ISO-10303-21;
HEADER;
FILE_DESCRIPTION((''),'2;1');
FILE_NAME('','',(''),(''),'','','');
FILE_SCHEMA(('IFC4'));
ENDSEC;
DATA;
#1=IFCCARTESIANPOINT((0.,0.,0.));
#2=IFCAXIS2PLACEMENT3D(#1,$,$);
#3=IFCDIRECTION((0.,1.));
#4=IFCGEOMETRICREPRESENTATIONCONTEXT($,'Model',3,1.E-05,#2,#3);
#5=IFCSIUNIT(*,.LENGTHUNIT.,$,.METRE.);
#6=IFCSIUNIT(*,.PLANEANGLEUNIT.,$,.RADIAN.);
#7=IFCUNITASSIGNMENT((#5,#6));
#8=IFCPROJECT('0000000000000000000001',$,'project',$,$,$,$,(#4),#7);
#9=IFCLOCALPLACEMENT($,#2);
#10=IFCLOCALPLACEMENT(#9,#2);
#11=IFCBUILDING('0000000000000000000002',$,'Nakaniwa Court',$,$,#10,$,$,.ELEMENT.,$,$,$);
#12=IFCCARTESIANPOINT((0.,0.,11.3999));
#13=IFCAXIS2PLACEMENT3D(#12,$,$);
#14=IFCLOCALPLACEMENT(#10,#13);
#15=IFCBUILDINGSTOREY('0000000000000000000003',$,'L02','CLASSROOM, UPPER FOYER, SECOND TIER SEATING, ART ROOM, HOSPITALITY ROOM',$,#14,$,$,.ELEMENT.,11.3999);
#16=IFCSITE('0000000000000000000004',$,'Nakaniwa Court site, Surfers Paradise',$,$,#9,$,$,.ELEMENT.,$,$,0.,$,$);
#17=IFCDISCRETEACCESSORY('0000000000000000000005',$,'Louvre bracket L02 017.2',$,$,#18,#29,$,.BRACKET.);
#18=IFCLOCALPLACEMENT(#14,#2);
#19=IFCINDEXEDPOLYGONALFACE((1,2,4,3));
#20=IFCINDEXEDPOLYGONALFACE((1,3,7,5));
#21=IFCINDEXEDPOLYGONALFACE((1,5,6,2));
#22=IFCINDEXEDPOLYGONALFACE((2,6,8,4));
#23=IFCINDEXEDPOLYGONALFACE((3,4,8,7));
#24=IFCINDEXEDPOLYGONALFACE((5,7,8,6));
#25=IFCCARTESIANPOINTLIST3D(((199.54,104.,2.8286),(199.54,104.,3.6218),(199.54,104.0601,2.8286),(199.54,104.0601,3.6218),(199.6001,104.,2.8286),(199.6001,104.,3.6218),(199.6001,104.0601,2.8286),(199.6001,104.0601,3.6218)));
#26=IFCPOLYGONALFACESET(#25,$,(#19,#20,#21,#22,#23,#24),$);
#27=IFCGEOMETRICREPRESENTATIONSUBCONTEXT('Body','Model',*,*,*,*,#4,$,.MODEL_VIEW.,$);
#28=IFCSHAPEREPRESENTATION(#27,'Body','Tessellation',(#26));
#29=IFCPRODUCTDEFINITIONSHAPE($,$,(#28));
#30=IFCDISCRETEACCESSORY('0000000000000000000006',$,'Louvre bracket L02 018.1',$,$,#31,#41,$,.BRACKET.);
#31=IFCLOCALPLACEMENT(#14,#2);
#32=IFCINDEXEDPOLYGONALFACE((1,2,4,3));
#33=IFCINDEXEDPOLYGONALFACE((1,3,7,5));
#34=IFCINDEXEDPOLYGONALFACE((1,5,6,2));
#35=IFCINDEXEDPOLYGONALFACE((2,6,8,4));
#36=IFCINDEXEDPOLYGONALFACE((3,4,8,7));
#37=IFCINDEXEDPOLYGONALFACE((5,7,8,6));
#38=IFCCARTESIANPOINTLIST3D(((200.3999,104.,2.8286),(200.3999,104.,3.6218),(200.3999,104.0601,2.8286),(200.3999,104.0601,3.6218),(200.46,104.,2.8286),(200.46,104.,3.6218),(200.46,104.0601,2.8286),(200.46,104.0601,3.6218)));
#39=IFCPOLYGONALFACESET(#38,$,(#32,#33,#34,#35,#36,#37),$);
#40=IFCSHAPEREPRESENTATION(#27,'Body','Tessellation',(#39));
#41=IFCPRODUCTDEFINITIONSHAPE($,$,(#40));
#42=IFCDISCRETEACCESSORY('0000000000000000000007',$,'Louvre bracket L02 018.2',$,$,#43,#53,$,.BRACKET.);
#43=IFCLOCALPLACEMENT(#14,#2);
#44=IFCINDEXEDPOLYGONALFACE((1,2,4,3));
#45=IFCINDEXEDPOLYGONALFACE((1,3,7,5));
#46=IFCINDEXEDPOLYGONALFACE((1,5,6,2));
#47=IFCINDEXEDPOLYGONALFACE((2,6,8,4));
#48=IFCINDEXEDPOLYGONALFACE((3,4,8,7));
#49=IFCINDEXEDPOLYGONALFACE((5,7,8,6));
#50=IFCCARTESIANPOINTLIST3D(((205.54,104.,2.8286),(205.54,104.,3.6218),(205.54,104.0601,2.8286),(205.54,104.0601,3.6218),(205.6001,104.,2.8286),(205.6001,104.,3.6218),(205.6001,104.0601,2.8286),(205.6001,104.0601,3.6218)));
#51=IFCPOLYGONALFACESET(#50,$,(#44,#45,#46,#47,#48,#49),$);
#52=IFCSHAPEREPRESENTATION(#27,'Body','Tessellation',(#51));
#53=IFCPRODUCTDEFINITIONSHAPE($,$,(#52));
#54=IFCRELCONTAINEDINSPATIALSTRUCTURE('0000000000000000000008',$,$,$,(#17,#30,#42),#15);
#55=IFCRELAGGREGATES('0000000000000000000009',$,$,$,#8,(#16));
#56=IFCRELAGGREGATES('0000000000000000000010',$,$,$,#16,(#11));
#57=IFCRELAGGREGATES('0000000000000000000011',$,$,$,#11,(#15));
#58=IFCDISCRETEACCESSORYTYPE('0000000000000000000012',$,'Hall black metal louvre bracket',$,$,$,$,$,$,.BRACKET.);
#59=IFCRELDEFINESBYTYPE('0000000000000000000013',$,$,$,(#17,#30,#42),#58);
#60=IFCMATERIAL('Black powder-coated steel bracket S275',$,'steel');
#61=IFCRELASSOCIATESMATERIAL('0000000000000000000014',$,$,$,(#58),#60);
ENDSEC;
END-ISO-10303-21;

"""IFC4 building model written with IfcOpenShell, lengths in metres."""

from ifc_helpers import new_model, si_unit, direction, frame, origin, origin_2d, place, context, subcontext, project, spatial, rectangle, extrude, material, type_object, element, save


model = new_model("IFC4")

# Units and contexts
model_context = context("Model", 3, precision=1e-05, world=origin(), true_north=direction((0.0, 1.0)))
body_context = subcontext(model_context, "Body", "Model", "MODEL_VIEW")
ifc_project = project(units=[si_unit("LENGTHUNIT", "METRE"), si_unit("PLANEANGLEUNIT", "RADIAN")], contexts=[model_context])

# Site, building, storey
site_placement = place(None, origin())
site = spatial("IfcSite", under=ifc_project, at=site_placement, Name="Nakaniwa Court site, Surfers Paradise", CompositionType="ELEMENT", RefElevation=0.0)
building_placement = place(site_placement, origin())
building = spatial("IfcBuilding", under=site, at=building_placement, Name="Nakaniwa Court", CompositionType="ELEMENT")
storey_placement = place(building_placement, frame((0.0, 0.0, 11.3999)))
storey = spatial("IfcBuildingStorey", under=building, at=storey_placement, Name="L02", Description="CLASSROOM, UPPER FOYER, SECOND TIER SEATING, ART ROOM, HOSPITALITY ROOM", CompositionType="ELEMENT", Elevation=11.3999)

# Discrete accessories
ifc_material_1 = material(Name="Black powder-coated steel bracket S275", Category="steel")
discrete_accessory_type = type_object("IfcDiscreteAccessoryType", Name="Hall black metal louvre bracket", PredefinedType="BRACKET", material=ifc_material_1)
for number, where, z_axis, x_axis, name in (
    (1, (199.5701, 104.03, 2.8286), (0.0, 0.0, 1.0), (1.0, 0.0, 0.0), "Louvre bracket L02 017.2"),
    (2, (200.4299, 104.03, 2.8286), (0.0, 0.0, 1.0), (1.0, 0.0, 0.0), "Louvre bracket L02 018.1"),
    (3, (205.5701, 104.03, 2.8286), (0.0, 0.0, 1.0), (1.0, 0.0, 0.0), "Louvre bracket L02 018.2"),
):
    element("IfcDiscreteAccessory", number, at=place(storey_placement, frame(where, z_axis=z_axis, x_axis=x_axis)), inside=storey, type_object=discrete_accessory_type, Name=name, PredefinedType="BRACKET", context=body_context, shape_type="SweptSolid", body=[
        extrude(rectangle(XDim=0.0601, YDim=0.0601, at=origin_2d()), origin(), (0.0, 0.0, 1.0), 0.7932),
    ])

save(model, "model.ifc")
